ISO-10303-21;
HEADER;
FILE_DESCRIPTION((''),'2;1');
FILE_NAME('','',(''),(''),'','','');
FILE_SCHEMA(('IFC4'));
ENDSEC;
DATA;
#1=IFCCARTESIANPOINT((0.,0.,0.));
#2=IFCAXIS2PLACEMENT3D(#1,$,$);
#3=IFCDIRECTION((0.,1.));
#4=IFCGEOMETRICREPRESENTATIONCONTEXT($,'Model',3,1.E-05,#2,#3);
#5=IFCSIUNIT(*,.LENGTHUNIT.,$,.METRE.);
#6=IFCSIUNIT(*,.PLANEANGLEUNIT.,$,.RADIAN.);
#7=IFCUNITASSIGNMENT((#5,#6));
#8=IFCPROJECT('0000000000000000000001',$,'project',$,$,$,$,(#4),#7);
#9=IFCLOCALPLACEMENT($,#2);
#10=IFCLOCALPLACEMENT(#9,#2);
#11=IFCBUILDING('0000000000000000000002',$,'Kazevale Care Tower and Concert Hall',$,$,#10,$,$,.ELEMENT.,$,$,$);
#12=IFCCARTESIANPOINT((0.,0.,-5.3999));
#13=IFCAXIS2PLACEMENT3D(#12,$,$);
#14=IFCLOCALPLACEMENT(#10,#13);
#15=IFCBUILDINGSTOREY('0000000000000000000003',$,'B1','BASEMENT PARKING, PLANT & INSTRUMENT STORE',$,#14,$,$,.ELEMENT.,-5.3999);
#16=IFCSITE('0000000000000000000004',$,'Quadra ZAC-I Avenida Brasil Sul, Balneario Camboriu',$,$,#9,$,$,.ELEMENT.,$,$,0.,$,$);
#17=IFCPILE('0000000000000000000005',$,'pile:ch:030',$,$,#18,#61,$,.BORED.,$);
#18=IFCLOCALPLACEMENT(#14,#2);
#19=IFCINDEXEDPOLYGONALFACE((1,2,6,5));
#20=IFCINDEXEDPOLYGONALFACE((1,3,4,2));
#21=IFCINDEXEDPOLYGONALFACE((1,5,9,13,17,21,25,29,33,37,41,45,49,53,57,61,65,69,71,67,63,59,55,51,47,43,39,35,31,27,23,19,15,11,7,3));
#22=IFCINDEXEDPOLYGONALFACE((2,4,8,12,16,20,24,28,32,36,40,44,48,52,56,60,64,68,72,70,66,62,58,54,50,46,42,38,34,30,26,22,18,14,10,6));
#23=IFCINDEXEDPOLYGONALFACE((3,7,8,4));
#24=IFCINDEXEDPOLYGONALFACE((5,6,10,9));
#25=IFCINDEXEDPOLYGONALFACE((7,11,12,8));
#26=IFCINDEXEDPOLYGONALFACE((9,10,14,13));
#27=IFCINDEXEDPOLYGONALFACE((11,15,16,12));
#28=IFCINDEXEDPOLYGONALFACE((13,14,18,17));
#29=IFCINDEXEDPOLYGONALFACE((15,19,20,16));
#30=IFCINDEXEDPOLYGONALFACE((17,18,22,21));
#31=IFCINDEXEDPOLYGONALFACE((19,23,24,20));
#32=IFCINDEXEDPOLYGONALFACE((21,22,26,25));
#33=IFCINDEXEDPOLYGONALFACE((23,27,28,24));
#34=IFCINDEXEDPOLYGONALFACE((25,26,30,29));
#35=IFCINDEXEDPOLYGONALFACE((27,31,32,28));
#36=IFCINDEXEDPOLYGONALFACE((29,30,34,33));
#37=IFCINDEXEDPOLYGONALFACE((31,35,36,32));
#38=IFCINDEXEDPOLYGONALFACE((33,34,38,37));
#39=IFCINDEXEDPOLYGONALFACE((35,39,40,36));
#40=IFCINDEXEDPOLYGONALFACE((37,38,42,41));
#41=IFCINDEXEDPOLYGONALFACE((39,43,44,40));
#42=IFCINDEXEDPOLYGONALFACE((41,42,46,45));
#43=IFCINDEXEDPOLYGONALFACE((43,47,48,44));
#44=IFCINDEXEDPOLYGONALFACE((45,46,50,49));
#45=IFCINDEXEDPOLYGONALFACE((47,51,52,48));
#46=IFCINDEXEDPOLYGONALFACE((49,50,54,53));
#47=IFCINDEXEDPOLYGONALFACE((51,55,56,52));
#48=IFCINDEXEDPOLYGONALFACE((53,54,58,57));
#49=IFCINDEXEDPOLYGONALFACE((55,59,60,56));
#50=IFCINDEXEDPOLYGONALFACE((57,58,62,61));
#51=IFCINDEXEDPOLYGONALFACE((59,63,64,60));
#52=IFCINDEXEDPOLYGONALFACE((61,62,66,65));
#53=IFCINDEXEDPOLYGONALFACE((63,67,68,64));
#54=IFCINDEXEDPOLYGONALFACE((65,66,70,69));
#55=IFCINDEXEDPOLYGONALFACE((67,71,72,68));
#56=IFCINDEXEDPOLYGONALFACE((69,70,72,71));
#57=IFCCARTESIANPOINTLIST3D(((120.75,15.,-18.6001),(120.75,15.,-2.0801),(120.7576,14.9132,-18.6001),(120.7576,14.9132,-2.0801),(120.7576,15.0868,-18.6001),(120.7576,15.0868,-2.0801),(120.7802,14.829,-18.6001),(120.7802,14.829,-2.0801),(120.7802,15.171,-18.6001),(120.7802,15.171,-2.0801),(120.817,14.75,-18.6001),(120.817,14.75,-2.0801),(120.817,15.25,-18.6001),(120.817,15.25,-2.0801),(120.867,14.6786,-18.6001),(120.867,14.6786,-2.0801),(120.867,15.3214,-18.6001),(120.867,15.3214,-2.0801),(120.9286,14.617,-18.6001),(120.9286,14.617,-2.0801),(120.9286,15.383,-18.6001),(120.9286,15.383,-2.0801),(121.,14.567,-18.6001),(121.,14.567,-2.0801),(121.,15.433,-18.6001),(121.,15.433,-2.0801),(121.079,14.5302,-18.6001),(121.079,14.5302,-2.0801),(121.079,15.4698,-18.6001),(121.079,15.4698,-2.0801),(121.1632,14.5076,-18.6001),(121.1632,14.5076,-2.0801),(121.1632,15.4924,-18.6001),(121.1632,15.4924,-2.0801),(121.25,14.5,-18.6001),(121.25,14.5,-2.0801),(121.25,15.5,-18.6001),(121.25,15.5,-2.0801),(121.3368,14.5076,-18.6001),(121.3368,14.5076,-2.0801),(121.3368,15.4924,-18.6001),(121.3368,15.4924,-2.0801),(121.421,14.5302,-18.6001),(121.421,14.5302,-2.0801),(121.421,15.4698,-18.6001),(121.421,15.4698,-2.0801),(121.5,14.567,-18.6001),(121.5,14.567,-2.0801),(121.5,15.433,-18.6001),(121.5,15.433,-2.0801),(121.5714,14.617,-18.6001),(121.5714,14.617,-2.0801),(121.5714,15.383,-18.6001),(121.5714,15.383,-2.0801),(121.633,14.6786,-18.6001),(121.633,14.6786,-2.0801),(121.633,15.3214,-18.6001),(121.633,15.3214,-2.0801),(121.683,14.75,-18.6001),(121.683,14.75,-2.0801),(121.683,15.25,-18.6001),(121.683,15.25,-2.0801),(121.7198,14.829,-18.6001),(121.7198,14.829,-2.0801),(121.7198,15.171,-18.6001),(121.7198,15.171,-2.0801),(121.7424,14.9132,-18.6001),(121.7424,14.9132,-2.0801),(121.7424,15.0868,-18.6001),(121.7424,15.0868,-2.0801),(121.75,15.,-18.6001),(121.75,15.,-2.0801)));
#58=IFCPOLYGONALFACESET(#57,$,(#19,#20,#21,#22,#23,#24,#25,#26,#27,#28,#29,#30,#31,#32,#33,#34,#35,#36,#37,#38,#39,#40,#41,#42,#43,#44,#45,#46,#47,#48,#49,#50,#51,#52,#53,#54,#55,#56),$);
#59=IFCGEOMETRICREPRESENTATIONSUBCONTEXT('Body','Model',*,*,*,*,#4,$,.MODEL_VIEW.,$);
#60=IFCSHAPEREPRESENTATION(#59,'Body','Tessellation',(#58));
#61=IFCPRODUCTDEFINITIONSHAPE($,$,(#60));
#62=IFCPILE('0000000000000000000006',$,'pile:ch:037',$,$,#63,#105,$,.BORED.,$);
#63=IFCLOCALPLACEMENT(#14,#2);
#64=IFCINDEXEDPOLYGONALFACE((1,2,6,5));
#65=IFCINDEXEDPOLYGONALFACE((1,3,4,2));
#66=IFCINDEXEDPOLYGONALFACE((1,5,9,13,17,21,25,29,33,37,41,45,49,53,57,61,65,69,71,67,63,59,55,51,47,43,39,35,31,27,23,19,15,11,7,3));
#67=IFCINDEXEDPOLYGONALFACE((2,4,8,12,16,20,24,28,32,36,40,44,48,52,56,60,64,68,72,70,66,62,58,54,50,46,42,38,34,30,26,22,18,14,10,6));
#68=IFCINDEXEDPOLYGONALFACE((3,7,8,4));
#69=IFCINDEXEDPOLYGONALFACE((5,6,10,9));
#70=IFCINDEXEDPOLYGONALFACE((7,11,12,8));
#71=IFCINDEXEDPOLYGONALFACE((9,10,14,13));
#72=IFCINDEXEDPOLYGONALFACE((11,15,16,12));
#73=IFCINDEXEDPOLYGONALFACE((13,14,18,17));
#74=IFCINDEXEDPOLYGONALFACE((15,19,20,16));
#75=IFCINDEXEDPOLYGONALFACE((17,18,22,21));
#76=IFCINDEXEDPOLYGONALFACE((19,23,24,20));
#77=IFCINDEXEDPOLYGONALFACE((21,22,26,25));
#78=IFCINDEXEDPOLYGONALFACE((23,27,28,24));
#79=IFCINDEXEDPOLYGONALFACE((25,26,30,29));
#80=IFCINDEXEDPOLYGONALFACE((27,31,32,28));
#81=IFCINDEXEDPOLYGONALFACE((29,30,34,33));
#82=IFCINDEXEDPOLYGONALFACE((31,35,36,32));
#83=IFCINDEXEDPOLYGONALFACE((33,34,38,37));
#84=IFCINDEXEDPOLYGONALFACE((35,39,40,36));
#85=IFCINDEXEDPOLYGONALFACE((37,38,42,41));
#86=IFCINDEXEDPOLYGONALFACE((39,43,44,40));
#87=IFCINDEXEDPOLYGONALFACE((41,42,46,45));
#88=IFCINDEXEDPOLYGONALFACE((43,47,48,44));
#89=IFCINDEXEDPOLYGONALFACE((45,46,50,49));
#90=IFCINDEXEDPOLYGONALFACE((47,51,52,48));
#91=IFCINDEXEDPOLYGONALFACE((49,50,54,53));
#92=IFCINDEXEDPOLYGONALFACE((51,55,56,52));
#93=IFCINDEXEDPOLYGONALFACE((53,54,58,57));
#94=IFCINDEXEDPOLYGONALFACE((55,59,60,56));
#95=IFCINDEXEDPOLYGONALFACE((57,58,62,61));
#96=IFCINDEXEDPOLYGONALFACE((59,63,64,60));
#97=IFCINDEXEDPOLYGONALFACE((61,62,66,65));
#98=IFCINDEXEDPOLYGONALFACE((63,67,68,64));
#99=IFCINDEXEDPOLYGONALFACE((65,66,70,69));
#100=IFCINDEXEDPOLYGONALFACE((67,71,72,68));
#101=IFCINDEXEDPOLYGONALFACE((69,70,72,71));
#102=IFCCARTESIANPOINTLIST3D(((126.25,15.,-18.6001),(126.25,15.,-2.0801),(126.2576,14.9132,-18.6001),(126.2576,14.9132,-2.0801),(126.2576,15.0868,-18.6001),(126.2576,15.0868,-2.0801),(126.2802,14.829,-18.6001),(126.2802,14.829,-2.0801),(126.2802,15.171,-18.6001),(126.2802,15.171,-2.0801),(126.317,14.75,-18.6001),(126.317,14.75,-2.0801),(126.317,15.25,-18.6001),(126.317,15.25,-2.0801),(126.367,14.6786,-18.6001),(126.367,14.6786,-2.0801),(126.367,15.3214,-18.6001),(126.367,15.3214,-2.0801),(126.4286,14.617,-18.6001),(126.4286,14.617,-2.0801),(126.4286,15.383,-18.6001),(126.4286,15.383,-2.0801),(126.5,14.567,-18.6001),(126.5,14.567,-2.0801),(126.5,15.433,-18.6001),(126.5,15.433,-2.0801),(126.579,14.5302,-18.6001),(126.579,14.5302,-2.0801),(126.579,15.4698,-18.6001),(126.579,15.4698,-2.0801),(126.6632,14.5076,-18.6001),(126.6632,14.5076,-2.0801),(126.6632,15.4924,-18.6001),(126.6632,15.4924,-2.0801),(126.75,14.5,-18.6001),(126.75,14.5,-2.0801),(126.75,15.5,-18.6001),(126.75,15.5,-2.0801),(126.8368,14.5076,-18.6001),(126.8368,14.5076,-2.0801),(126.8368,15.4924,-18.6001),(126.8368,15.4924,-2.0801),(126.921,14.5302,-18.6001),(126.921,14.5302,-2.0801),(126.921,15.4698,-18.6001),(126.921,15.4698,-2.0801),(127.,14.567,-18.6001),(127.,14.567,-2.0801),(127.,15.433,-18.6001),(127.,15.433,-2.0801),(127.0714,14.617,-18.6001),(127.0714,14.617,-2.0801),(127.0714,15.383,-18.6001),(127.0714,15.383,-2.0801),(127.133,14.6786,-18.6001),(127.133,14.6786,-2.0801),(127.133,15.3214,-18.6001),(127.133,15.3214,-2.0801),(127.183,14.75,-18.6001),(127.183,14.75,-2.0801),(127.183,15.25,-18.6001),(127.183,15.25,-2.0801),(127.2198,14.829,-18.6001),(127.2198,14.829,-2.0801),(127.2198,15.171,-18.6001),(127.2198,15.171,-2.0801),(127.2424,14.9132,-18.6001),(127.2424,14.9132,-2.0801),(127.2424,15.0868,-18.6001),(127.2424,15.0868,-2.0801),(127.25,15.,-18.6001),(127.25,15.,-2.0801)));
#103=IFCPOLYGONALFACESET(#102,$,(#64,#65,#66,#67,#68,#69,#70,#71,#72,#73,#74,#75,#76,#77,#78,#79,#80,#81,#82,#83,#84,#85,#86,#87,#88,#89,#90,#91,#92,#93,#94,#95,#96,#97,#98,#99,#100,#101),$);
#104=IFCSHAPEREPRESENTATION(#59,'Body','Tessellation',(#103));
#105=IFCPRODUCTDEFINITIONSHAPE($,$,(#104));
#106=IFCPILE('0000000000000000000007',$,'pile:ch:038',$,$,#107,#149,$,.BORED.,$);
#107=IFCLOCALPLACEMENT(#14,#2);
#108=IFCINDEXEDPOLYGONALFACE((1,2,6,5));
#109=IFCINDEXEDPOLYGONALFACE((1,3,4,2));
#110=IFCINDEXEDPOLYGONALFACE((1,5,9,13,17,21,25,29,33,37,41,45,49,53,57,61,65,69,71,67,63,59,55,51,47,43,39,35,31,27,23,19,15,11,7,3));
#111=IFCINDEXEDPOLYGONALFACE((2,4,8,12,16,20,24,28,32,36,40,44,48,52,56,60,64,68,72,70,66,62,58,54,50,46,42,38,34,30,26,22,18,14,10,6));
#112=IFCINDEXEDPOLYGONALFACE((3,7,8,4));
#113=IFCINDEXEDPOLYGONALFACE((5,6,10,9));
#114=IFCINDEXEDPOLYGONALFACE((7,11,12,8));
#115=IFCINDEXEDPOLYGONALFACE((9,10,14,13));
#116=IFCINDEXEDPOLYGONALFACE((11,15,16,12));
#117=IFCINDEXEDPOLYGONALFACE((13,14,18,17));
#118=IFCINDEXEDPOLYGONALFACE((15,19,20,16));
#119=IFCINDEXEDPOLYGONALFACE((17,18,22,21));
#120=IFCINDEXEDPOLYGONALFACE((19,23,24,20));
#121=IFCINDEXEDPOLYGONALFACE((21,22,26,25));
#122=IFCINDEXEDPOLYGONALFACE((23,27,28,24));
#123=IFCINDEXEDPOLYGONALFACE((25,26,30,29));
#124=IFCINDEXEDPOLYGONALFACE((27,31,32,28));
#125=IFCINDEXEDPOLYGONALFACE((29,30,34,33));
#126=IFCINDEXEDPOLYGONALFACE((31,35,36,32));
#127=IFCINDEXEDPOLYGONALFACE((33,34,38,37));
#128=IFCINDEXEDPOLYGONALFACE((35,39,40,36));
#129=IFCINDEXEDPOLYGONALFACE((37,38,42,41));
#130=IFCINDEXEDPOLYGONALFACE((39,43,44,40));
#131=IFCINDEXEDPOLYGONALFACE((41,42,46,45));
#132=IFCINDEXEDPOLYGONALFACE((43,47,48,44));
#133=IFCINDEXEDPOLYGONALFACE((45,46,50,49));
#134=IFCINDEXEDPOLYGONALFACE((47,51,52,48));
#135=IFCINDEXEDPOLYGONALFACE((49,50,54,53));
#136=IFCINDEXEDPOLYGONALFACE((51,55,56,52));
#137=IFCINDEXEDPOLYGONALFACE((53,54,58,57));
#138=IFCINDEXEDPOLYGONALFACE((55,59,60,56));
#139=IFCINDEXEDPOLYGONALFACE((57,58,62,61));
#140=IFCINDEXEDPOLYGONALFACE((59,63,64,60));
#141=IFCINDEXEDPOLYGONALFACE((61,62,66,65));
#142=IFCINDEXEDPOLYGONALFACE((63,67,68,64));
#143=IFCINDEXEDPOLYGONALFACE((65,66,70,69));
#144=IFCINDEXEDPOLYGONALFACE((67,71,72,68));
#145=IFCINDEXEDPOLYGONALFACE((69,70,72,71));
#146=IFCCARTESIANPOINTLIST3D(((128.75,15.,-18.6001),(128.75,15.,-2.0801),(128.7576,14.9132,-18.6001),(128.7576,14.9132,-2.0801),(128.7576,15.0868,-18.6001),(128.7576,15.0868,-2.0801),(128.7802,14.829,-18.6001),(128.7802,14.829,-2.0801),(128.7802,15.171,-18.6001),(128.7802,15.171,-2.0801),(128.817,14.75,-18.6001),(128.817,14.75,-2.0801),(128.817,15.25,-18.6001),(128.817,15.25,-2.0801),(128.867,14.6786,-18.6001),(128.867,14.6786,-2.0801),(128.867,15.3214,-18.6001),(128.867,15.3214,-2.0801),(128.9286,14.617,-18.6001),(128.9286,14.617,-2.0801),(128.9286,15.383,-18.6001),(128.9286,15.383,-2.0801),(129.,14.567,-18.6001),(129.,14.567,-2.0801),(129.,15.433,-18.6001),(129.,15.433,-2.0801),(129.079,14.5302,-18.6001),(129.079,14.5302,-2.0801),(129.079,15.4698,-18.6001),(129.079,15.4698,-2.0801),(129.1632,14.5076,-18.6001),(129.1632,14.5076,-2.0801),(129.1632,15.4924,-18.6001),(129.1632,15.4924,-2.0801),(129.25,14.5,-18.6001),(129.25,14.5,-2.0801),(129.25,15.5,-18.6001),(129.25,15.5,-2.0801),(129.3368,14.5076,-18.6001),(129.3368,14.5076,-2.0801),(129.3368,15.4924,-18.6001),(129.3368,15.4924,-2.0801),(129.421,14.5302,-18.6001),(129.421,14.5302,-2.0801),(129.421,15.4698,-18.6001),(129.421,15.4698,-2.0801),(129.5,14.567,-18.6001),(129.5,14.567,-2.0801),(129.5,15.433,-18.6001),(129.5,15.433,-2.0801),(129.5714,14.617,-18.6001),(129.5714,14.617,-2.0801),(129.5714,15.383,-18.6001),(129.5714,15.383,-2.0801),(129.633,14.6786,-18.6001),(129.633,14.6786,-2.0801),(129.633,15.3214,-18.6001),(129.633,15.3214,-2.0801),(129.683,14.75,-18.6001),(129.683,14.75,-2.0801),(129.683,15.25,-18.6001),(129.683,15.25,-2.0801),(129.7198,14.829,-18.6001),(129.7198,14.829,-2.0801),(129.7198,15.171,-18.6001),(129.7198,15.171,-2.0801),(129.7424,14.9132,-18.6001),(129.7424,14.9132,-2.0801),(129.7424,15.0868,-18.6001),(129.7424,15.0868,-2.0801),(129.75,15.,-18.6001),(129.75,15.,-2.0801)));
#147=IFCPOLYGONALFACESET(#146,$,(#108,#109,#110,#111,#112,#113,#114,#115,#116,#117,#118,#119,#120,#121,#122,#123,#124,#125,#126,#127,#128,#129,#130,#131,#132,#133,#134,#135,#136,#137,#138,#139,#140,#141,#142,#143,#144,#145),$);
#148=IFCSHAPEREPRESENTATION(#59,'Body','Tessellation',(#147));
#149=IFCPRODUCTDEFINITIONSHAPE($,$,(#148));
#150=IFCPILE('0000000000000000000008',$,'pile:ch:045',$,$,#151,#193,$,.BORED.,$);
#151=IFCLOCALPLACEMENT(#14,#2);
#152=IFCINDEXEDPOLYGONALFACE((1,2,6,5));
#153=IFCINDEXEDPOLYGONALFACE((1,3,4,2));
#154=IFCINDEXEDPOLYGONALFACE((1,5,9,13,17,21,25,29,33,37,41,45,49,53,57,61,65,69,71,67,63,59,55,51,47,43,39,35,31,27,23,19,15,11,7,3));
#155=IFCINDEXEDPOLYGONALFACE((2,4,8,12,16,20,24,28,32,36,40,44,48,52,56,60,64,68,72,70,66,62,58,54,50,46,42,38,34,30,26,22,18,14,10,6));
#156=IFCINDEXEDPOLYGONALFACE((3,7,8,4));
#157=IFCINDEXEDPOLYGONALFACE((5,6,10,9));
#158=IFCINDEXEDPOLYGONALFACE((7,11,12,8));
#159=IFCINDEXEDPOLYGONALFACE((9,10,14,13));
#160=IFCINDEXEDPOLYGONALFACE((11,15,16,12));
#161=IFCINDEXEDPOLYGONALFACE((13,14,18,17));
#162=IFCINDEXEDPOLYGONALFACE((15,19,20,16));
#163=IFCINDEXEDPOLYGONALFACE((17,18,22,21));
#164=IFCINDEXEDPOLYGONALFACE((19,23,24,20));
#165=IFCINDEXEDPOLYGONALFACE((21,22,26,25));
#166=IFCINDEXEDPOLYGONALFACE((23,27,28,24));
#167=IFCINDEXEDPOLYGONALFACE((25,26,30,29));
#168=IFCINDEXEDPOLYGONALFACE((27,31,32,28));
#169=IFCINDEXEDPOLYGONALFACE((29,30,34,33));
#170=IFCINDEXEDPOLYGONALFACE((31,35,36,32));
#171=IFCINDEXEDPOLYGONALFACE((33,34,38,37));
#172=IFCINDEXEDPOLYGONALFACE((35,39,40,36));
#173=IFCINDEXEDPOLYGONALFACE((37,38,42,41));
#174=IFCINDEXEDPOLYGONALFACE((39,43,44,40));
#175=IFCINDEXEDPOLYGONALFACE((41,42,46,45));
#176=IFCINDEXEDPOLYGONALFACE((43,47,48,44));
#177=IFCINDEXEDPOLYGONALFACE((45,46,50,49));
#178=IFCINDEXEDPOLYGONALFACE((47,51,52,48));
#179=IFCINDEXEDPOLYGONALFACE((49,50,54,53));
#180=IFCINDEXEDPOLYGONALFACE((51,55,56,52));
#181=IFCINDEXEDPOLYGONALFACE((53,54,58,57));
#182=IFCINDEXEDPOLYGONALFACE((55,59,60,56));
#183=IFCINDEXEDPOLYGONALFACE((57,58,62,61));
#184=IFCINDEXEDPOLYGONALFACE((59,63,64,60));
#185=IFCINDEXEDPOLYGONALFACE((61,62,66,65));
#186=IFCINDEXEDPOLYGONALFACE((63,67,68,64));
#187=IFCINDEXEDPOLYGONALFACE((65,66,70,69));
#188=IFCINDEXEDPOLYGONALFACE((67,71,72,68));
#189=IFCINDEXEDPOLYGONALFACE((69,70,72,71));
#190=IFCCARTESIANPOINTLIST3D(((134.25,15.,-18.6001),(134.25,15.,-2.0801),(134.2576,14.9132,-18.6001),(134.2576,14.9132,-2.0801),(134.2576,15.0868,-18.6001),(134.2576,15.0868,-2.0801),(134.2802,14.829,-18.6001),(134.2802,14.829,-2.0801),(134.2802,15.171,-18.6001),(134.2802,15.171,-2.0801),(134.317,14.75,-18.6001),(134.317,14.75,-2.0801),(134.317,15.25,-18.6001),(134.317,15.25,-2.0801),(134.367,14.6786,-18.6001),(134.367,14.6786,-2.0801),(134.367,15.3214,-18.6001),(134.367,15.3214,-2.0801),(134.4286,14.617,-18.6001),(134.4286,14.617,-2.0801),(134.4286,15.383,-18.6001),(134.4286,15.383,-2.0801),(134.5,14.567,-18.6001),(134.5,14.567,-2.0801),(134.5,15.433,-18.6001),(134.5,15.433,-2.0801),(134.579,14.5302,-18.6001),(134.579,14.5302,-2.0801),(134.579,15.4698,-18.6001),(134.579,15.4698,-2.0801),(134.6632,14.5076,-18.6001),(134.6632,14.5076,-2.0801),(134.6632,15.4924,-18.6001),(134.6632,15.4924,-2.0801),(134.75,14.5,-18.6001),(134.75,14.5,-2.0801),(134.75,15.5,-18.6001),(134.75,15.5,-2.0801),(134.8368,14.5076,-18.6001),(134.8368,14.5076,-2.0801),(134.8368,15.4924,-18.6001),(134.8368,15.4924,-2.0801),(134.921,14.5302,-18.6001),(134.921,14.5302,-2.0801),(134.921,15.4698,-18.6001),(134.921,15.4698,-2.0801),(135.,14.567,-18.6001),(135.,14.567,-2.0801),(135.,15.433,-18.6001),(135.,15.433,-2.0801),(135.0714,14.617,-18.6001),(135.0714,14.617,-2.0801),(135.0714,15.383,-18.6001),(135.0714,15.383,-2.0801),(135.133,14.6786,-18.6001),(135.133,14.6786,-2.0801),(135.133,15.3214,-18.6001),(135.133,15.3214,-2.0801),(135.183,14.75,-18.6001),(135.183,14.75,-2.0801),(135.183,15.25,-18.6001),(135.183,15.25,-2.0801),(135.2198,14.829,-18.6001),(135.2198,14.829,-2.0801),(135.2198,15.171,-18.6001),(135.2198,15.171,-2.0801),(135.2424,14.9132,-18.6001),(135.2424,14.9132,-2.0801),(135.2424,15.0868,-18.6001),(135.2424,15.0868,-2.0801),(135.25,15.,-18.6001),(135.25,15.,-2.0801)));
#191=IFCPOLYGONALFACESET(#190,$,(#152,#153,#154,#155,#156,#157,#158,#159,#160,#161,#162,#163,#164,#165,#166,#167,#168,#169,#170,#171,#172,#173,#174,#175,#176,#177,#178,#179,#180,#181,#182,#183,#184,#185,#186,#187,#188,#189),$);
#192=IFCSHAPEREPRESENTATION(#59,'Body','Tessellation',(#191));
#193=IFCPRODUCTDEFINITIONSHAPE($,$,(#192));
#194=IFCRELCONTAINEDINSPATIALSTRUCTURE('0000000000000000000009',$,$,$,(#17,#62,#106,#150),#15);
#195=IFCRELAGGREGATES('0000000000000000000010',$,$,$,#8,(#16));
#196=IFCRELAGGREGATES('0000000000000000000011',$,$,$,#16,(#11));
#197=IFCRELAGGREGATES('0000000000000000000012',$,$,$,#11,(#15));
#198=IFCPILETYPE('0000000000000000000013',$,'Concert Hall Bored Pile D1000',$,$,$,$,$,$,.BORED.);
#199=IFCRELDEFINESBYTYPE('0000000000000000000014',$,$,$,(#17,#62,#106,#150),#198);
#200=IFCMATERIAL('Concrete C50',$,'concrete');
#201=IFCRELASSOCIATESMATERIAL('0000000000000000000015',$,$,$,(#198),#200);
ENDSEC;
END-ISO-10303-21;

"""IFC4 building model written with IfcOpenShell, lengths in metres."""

from ifc_helpers import new_model, si_unit, direction, frame, origin, origin_2d, place, context, subcontext, project, spatial, circle, extrude, material, material_profile, profile_set, type_object, element, save


model = new_model("IFC4")

# Units and contexts
model_context = context("Model", 3, precision=1e-05, world=origin(), true_north=direction((0.0, 1.0)))
body_context = subcontext(model_context, "Body", "Model", "MODEL_VIEW")
ifc_project = project(units=[si_unit("LENGTHUNIT", "METRE"), si_unit("PLANEANGLEUNIT", "RADIAN")], contexts=[model_context])

# Site, building, storey
site_placement = place(None, origin())
site = spatial("IfcSite", under=ifc_project, at=site_placement, Name="Quadra ZAC-I Avenida Brasil Sul, Balneario Camboriu", CompositionType="ELEMENT", RefElevation=0.0)
building_placement = place(site_placement, origin())
building = spatial("IfcBuilding", under=site, at=building_placement, Name="Kazevale Care Tower and Concert Hall", CompositionType="ELEMENT")
storey_placement = place(building_placement, frame((0.0, 0.0, -5.3999)))
storey = spatial("IfcBuildingStorey", under=building, at=storey_placement, Name="B1", Description="BASEMENT PARKING, PLANT & INSTRUMENT STORE", CompositionType="ELEMENT", Elevation=-5.3999)

# Piles
ifc_material_1 = material(Name="Concrete C50", Category="concrete")
ifc_material_profile_1 = material_profile(ifc_material_1, circle(Radius=0.5, at=origin_2d()), Name="PILE-D1000")
ifc_profile_set_1 = profile_set([ifc_material_profile_1], Name="Concrete C50")
pile_type = type_object("IfcPileType", Name="Concert Hall Bored Pile D1000", PredefinedType="BORED", material=ifc_profile_set_1)
for number, where, z_axis, x_axis, name in (
    (1, (121.25, 15.0, -2.0801), (0.0, 0.0, -1.0), (1.0, 0.0, 0.0), "pile:ch:030"),
    (2, (126.75, 15.0, -2.0801), (0.0, 0.0, -1.0), (1.0, 0.0, 0.0), "pile:ch:037"),
    (3, (129.25, 15.0, -2.0801), (0.0, 0.0, -1.0), (1.0, 0.0, 0.0), "pile:ch:038"),
    (4, (134.75, 15.0, -2.0801), (0.0, 0.0, -1.0), (1.0, 0.0, 0.0), "pile:ch:045"),
):
    element("IfcPile", number, at=place(storey_placement, frame(where, z_axis=z_axis, x_axis=x_axis)), inside=storey, type_object=pile_type, Name=name, PredefinedType="BORED", context=body_context, shape_type="SweptSolid", body=[
        extrude(circle(Radius=0.5, at=origin_2d()), origin(), (0.0, 0.0, 1.0), 16.52),
    ])

save(model, "model.ifc")
